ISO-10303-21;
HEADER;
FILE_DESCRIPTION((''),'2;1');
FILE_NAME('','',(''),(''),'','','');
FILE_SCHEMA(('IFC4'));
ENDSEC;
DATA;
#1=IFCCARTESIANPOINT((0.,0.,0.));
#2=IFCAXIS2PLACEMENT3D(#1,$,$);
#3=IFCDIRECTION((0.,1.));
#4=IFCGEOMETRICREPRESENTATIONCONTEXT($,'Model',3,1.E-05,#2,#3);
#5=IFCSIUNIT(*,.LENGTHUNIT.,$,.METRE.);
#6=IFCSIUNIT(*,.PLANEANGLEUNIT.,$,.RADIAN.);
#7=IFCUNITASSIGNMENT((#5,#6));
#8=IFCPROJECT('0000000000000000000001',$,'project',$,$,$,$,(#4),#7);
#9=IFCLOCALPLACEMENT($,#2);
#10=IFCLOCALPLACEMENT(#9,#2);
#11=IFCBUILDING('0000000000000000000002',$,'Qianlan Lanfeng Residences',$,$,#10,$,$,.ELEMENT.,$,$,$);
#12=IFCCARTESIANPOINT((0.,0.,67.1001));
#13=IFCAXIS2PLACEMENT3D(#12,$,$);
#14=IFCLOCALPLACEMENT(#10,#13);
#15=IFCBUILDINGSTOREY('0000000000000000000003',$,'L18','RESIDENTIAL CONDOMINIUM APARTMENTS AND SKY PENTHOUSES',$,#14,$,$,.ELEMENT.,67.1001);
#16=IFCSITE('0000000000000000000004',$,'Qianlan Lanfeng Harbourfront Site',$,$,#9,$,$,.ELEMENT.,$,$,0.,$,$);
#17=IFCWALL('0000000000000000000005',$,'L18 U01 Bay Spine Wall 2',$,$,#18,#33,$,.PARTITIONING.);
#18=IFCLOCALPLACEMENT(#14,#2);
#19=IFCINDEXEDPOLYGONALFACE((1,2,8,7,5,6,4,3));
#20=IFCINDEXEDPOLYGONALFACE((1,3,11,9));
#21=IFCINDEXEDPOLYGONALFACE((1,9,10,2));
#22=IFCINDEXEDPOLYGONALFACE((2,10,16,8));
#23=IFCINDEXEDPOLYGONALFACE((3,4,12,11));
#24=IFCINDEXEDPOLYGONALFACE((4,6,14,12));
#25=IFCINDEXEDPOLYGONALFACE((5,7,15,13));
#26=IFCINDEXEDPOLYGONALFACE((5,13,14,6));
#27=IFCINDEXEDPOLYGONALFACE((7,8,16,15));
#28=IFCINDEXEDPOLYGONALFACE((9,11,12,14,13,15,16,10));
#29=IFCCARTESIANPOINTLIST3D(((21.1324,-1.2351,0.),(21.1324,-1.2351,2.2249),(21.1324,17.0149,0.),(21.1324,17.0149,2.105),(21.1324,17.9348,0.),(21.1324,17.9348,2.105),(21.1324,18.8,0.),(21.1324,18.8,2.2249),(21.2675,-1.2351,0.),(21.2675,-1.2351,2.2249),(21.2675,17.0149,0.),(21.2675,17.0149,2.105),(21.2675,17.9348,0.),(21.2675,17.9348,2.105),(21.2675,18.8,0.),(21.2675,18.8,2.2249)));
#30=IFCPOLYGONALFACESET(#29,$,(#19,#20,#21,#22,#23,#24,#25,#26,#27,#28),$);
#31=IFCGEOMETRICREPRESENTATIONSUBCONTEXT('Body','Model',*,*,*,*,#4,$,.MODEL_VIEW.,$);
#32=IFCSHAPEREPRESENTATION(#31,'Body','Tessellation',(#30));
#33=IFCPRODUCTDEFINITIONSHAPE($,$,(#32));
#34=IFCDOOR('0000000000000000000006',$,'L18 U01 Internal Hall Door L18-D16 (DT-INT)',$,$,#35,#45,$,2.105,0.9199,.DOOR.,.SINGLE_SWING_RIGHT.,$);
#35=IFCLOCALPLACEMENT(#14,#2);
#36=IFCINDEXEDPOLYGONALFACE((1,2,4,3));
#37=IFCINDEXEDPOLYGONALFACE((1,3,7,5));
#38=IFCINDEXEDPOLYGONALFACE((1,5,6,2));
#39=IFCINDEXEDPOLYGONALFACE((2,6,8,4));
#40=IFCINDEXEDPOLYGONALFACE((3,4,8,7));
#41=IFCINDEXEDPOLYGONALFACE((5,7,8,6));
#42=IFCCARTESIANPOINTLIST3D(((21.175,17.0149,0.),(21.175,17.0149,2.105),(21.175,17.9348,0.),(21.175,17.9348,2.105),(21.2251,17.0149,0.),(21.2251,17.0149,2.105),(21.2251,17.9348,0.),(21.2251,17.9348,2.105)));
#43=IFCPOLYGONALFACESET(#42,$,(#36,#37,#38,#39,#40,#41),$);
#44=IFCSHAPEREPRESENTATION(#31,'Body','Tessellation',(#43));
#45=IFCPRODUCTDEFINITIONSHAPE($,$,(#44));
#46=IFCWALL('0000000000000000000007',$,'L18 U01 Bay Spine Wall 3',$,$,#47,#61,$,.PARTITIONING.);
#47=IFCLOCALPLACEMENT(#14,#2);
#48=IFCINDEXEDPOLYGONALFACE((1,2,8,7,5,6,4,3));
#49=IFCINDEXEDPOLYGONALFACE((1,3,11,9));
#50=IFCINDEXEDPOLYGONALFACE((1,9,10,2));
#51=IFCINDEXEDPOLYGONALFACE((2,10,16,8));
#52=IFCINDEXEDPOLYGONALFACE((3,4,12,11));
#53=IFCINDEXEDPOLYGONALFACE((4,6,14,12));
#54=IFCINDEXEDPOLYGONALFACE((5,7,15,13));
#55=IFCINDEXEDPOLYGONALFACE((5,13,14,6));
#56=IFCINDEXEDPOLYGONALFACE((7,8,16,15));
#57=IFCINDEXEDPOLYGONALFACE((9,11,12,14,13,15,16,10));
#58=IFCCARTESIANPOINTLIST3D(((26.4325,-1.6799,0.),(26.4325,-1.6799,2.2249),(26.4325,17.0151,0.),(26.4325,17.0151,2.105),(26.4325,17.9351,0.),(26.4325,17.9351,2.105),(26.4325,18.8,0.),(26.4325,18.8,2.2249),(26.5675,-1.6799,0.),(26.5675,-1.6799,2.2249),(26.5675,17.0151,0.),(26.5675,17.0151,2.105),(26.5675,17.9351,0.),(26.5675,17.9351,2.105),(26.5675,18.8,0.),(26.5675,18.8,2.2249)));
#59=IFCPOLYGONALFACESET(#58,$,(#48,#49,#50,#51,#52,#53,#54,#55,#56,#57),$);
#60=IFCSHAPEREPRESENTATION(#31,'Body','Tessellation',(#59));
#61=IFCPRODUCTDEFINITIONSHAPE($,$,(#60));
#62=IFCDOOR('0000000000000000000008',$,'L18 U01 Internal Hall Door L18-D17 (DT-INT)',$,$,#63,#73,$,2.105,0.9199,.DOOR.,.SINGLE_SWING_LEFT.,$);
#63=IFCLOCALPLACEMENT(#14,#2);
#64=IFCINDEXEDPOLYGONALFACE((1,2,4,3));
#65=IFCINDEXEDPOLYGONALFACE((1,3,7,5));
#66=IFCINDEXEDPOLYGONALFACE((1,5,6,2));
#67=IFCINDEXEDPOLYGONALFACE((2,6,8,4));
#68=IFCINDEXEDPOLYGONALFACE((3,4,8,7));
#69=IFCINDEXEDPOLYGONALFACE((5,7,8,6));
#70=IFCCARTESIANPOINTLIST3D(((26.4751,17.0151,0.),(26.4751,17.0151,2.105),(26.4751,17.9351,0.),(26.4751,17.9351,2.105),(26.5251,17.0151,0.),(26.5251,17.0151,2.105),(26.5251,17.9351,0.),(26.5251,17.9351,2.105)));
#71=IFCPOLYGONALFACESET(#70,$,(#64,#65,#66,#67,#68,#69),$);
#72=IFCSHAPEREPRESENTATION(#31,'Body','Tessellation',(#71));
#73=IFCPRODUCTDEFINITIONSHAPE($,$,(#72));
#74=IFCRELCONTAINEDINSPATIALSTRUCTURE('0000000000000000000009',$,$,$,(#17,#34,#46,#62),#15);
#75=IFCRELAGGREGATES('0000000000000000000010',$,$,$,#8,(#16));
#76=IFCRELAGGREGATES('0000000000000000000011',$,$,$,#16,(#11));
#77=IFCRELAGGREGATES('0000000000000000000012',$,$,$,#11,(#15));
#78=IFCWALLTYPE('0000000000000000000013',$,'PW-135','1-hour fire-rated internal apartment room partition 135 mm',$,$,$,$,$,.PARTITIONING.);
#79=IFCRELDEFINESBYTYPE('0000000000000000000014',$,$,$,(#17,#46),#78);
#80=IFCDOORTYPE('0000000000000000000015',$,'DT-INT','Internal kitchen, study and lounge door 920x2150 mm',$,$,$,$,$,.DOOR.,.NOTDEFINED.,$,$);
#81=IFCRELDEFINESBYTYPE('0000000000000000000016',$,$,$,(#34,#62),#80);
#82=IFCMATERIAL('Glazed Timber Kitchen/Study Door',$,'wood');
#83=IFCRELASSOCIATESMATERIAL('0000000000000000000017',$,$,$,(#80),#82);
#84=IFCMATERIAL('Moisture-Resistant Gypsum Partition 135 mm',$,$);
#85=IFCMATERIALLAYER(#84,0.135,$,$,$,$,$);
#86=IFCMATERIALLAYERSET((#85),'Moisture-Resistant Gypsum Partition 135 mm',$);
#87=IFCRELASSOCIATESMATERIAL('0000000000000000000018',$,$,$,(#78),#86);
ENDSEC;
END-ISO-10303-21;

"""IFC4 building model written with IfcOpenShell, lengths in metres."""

from ifc_helpers import new_model, si_unit, direction, frame, frame_2d, origin, place, context, subcontext, project, spatial, rectangle, extrude, material, layer, layer_set, type_object, element, fill, save


model = new_model("IFC4")

# Units and contexts
model_context = context("Model", 3, precision=1e-05, world=origin(), true_north=direction((0.0, 1.0)))
body_context = subcontext(model_context, "Body", "Model", "MODEL_VIEW")
ifc_project = project(units=[si_unit("LENGTHUNIT", "METRE"), si_unit("PLANEANGLEUNIT", "RADIAN")], contexts=[model_context])

# Site, building, storey
site_placement = place(None, origin())
site = spatial("IfcSite", under=ifc_project, at=site_placement, Name="Qianlan Lanfeng Harbourfront Site", CompositionType="ELEMENT", RefElevation=0.0)
building_placement = place(site_placement, origin())
building = spatial("IfcBuilding", under=site, at=building_placement, Name="Qianlan Lanfeng Residences", CompositionType="ELEMENT")
storey_placement = place(building_placement, frame((0.0, 0.0, 67.1001)))
storey = spatial("IfcBuildingStorey", under=building, at=storey_placement, Name="L18", Description="RESIDENTIAL CONDOMINIUM APARTMENTS AND SKY PENTHOUSES", CompositionType="ELEMENT", Elevation=67.1001)

# Shared definitions
ifc_material_1 = material(Name="Glazed Timber Kitchen/Study Door", Category="wood")
door_type_1 = type_object("IfcDoorType", Name="DT-INT", Description="Internal kitchen, study and lounge door 920x2150 mm", OperationType="NOTDEFINED", PredefinedType="DOOR", material=ifc_material_1)

# Walls, openings, doors
ifc_material_2 = material(Name="Moisture-Resistant Gypsum Partition 135 mm")
ifc_layer_1 = layer(ifc_material_2, 0.135)
ifc_layer_set_1 = layer_set([ifc_layer_1], Name="Moisture-Resistant Gypsum Partition 135 mm")
wall_type_1 = type_object("IfcWallType", Name="PW-135", Description="1-hour fire-rated internal apartment room partition 135 mm", PredefinedType="PARTITIONING", material=ifc_layer_set_1)
wall_1_placement = place(storey_placement, frame((21.2, -1.2351, 0.0), z_axis=(0.0, 0.0, 1.0), x_axis=(0.0, 1.0, 0.0)))
wall_1 = element("IfcWall", 1, at=wall_1_placement, inside=storey, type_object=wall_type_1, Name="L18 U01 Bay Spine Wall 2", PredefinedType="PARTITIONING", context=body_context, shape_type="SweptSolid", body=[
    extrude(rectangle(XDim=20.0352, YDim=0.135, at=frame_2d((10.0176, 0.0))), origin(), (0.0, 0.0, 1.0), 2.2249),
])
opening_1_placement = place(wall_1_placement, frame((18.25, 0.0, 0.0)))
opening_1 = element("IfcOpeningElement", 2, at=opening_1_placement, cuts=wall_1, PredefinedType="OPENING", context=body_context, shape_type="SweptSolid", body=[
    extrude(rectangle(XDim=0.9199, YDim=2.105, at=frame_2d((0.46, 1.0525))), frame((0.0, 0.0776, 0.0), z_axis=(0.0, -1.0, 0.0), x_axis=(1.0, 0.0, 0.0)), (0.0, 0.0, 1.0), 0.155),
])
door_1_placement = place(opening_1_placement, origin())
door_1 = element("IfcDoor", 3, at=door_1_placement, inside=storey, type_object=door_type_1, Name="L18 U01 Internal Hall Door L18-D16 (DT-INT)", OperationType="SINGLE_SWING_RIGHT", OverallHeight=2.105, OverallWidth=0.9199, PredefinedType="DOOR", context=body_context, shape_type="SweptSolid", body=[
    extrude(rectangle(XDim=0.9199, YDim=2.105, at=frame_2d((0.46, 1.0525))), frame((0.0, 0.0249, 0.0), z_axis=(0.0, -1.0, 0.0), x_axis=(1.0, 0.0, 0.0)), (0.0, 0.0, 1.0), 0.05),
])
fill(opening_1, door_1)
wall_2_placement = place(storey_placement, frame((26.5, -1.6799, 0.0), z_axis=(0.0, 0.0, 1.0), x_axis=(0.0, 1.0, 0.0)))
wall_2 = element("IfcWall", 4, at=wall_2_placement, inside=storey, type_object=wall_type_1, Name="L18 U01 Bay Spine Wall 3", PredefinedType="PARTITIONING", context=body_context, shape_type="SweptSolid", body=[
    extrude(rectangle(XDim=20.48, YDim=0.135, at=frame_2d((10.24, 0.0))), origin(), (0.0, 0.0, 1.0), 2.2249),
])
opening_2_placement = place(wall_2_placement, frame((18.6951, 0.0, 0.0)))
opening_2 = element("IfcOpeningElement", 5, at=opening_2_placement, cuts=wall_2, PredefinedType="OPENING", context=body_context, shape_type="SweptSolid", body=[
    extrude(rectangle(XDim=0.9199, YDim=2.105, at=frame_2d((0.46, 1.0525))), frame((0.0, 0.0776, 0.0), z_axis=(0.0, -1.0, 0.0), x_axis=(1.0, 0.0, 0.0)), (0.0, 0.0, 1.0), 0.155),
])
door_2_placement = place(opening_2_placement, origin())
door_2 = element("IfcDoor", 6, at=door_2_placement, inside=storey, type_object=door_type_1, Name="L18 U01 Internal Hall Door L18-D17 (DT-INT)", OperationType="SINGLE_SWING_LEFT", OverallHeight=2.105, OverallWidth=0.9199, PredefinedType="DOOR", context=body_context, shape_type="SweptSolid", body=[
    extrude(rectangle(XDim=0.9199, YDim=2.105, at=frame_2d((0.46, 1.0525))), frame((0.0, 0.0249, 0.0), z_axis=(0.0, -1.0, 0.0), x_axis=(1.0, 0.0, 0.0)), (0.0, 0.0, 1.0), 0.05),
])
fill(opening_2, door_2)

save(model, "model.ifc")
